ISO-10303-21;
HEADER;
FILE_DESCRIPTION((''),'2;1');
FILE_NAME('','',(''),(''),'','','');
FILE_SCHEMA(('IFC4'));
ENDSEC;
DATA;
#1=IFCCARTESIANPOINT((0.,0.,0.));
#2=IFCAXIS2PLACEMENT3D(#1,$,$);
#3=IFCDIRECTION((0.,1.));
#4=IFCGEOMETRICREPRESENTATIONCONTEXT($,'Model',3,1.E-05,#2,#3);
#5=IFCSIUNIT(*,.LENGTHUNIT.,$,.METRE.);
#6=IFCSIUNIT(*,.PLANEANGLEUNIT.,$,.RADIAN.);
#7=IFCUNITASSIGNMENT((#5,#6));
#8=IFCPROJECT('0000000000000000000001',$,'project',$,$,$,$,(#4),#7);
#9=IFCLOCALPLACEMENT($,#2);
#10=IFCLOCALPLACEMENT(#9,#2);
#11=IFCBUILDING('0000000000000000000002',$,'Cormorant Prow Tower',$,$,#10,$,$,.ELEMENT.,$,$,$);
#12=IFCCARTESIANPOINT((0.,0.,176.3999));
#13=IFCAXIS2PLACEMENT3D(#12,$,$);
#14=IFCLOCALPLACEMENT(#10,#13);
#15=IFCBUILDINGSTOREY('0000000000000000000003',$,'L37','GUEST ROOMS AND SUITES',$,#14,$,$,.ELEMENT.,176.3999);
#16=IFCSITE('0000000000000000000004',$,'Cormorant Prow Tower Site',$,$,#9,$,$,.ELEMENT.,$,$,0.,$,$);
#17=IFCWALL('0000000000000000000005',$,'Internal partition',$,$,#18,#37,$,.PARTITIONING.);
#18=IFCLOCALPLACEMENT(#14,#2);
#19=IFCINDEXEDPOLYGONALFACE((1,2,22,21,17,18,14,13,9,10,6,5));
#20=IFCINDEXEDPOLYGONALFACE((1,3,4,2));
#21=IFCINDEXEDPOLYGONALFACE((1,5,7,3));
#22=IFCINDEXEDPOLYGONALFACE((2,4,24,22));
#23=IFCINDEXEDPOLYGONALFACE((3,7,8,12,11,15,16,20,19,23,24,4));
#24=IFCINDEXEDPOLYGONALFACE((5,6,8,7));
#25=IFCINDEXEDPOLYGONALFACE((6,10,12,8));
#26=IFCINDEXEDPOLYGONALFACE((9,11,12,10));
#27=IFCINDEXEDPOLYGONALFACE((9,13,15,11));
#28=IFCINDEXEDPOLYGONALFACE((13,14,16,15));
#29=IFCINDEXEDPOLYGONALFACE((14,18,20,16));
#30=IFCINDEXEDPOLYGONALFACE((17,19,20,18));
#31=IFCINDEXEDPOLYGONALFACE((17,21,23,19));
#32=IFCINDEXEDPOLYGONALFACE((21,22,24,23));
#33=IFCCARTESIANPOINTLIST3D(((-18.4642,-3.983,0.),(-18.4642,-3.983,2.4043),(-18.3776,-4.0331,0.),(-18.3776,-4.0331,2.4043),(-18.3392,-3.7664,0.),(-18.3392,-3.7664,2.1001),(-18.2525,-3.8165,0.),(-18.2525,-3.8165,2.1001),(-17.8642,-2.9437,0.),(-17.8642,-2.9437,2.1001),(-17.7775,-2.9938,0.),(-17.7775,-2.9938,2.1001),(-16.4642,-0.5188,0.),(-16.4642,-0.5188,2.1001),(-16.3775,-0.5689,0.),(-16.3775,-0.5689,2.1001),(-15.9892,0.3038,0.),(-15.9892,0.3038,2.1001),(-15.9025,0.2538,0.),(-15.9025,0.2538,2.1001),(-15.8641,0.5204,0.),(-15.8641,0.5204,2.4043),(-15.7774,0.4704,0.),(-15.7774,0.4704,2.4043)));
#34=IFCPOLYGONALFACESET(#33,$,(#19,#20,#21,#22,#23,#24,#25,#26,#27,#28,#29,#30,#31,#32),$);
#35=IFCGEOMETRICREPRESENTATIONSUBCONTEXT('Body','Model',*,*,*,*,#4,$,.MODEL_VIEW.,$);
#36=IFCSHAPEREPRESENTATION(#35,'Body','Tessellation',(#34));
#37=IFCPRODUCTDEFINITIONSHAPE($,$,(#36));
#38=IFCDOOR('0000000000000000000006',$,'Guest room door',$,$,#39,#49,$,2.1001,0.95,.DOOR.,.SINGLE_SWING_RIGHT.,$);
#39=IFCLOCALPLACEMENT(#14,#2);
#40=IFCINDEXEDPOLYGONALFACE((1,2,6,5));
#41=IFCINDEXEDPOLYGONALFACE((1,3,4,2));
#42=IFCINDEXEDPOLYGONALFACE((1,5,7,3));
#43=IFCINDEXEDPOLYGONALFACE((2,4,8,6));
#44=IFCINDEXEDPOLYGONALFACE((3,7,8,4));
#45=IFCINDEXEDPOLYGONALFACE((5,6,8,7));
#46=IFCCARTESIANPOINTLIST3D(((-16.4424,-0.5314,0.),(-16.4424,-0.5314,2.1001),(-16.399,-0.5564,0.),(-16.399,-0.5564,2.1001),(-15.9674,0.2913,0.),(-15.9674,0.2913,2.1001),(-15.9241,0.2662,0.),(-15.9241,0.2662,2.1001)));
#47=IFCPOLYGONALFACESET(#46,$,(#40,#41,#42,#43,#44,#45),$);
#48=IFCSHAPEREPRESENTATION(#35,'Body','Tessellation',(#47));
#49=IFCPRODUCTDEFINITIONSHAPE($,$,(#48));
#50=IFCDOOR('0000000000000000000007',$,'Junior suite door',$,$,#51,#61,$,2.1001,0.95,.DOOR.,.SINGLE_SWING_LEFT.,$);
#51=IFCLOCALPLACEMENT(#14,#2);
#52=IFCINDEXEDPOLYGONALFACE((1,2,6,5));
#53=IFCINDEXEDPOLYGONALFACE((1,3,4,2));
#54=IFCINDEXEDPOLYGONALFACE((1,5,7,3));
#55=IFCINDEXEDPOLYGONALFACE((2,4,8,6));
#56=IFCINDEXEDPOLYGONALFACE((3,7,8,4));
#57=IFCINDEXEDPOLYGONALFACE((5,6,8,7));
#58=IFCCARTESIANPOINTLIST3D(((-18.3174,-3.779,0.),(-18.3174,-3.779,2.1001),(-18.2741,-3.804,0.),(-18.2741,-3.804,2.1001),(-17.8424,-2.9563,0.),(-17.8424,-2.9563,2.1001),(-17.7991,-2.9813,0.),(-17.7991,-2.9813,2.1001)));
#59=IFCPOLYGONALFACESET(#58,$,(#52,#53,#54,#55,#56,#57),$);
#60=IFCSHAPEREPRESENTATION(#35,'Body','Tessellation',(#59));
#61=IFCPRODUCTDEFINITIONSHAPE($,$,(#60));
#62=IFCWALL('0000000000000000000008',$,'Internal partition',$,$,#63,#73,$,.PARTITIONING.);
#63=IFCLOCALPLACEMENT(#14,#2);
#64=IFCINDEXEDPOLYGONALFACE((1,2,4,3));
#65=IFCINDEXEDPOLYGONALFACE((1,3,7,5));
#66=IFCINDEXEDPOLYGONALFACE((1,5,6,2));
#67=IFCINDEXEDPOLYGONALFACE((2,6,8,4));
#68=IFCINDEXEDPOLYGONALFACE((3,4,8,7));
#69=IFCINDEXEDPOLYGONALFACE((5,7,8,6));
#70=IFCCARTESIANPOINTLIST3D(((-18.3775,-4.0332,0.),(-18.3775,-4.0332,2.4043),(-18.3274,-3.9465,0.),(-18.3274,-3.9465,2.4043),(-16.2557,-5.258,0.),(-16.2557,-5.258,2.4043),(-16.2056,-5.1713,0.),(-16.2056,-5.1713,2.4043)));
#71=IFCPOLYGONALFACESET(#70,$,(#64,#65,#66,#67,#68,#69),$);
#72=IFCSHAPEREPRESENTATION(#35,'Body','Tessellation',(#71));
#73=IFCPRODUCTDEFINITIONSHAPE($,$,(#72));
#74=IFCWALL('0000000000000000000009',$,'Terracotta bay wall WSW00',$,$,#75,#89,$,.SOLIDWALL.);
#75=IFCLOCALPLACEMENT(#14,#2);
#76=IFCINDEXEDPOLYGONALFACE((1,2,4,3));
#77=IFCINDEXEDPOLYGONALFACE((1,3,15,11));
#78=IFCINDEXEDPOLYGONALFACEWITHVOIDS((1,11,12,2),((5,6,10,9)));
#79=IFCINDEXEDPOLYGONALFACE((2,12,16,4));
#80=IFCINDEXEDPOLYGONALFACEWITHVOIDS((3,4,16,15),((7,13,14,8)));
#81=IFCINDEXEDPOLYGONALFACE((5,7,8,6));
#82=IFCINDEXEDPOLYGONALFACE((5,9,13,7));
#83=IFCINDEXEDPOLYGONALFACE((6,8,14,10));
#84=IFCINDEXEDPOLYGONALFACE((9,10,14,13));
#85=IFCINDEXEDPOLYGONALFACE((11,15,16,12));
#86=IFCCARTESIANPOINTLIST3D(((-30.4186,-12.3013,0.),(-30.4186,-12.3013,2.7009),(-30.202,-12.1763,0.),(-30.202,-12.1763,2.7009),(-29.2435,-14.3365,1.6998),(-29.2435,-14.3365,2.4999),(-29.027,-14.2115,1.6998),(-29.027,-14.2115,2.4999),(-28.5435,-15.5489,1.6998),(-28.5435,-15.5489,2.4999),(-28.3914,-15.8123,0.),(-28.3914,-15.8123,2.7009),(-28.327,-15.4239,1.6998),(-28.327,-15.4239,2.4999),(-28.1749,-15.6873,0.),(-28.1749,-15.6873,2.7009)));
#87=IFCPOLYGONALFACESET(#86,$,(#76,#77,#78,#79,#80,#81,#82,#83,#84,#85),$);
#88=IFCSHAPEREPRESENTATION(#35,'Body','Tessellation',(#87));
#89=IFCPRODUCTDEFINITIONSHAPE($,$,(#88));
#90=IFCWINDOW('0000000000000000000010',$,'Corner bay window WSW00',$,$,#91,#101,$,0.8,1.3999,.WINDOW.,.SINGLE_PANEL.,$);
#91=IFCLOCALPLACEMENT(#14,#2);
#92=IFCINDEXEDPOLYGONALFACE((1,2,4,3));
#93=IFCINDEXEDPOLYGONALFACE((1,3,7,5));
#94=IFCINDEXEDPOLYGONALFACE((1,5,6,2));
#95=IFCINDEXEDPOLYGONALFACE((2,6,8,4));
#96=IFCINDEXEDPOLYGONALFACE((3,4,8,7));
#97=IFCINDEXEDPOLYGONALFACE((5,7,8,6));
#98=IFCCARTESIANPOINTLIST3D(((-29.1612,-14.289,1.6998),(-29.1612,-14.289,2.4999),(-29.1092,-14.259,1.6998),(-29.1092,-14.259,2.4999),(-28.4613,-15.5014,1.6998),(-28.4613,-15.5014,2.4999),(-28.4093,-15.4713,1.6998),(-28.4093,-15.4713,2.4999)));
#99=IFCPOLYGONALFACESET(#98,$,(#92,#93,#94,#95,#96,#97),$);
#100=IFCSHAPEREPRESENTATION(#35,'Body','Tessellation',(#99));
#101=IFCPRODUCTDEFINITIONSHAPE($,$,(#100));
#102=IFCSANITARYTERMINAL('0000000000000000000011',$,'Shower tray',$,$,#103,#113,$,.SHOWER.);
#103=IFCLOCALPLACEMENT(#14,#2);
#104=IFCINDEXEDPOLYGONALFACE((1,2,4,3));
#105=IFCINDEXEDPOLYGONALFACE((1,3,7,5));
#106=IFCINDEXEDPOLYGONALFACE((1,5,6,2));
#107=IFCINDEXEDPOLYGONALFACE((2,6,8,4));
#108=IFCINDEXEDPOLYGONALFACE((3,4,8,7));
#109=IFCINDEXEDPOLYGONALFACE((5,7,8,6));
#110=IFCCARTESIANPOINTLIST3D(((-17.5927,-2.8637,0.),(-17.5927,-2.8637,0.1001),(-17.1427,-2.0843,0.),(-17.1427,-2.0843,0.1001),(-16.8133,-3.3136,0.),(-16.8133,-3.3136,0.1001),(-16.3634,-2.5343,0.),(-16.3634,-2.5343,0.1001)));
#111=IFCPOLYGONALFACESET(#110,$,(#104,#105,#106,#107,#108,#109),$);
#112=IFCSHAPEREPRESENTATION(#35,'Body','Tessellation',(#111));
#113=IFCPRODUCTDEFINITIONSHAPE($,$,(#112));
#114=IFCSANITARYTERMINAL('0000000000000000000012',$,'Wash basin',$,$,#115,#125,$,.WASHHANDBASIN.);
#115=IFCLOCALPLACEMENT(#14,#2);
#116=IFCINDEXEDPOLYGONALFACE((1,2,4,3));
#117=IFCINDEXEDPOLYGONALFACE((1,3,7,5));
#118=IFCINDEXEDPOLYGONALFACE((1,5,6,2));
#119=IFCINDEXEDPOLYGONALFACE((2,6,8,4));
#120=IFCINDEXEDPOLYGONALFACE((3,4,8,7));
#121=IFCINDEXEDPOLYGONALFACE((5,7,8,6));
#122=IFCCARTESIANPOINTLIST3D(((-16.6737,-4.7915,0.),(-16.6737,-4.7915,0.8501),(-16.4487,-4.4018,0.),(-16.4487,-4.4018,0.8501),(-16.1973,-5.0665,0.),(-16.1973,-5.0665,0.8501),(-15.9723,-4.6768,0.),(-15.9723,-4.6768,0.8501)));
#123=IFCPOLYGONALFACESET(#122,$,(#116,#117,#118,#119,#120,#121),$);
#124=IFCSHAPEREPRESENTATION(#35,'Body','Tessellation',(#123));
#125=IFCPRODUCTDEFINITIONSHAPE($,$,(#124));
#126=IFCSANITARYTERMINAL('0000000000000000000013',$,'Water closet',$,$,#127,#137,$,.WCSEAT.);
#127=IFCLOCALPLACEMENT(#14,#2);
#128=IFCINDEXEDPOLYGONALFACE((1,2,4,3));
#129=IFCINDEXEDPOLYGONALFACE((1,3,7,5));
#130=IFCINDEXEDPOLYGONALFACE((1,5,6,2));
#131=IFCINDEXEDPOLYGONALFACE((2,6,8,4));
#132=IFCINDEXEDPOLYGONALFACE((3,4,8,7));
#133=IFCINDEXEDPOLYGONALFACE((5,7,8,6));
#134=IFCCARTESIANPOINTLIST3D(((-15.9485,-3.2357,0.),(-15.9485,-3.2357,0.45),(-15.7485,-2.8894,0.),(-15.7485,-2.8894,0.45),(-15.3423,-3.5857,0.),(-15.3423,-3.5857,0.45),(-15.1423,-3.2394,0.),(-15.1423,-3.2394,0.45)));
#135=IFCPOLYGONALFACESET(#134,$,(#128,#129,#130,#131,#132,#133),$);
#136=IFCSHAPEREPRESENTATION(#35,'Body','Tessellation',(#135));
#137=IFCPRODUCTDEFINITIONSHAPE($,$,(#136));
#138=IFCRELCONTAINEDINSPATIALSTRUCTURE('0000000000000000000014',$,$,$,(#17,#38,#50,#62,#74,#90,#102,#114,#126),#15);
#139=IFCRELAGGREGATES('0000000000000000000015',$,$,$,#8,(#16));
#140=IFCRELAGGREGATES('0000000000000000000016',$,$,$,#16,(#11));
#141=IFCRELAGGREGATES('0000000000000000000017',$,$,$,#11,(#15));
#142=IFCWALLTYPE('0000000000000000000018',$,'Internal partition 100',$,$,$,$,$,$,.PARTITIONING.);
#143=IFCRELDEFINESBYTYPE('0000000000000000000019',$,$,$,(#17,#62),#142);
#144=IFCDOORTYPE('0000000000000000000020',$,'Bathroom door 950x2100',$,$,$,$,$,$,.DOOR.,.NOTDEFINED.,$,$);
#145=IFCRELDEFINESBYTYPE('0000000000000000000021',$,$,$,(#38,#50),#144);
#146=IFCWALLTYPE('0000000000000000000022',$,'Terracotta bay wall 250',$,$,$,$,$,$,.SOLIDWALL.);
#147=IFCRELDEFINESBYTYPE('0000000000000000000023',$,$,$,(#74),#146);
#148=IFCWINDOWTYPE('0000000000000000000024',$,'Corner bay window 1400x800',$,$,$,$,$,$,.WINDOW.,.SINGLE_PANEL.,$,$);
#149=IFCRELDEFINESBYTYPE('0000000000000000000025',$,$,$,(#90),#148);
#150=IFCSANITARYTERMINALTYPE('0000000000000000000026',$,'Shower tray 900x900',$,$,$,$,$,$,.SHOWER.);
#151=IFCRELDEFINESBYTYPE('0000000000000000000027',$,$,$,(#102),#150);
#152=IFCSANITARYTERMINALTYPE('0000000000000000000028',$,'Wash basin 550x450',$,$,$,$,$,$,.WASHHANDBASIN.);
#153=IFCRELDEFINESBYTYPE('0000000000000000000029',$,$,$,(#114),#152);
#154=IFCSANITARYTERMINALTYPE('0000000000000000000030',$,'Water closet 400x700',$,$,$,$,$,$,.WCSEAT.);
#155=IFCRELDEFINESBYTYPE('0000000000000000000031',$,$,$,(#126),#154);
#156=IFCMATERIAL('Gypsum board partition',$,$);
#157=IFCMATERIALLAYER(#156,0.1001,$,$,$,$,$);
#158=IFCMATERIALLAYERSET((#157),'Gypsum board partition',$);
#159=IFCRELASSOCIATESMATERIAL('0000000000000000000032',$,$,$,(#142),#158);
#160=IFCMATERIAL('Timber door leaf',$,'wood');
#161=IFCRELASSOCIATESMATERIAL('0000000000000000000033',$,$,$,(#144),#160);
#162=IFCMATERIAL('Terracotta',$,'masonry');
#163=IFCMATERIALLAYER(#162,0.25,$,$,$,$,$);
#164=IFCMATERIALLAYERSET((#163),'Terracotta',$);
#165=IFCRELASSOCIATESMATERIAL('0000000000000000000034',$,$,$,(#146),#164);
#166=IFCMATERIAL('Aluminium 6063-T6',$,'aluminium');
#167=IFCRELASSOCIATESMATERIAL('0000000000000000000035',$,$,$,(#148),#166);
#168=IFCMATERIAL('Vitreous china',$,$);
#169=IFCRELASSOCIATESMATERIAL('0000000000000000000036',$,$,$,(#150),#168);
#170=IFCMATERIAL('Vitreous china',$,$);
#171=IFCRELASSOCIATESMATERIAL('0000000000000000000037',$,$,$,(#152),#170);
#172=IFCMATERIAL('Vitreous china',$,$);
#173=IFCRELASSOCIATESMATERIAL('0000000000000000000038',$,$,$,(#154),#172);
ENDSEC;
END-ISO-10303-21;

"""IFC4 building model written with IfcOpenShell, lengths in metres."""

from ifc_helpers import new_model, si_unit, direction, frame, frame_2d, origin, origin_2d, place, context, subcontext, project, spatial, rectangle, extrude, material, layer, layer_set, type_object, element, fill, save


model = new_model("IFC4")

# Units and contexts
model_context = context("Model", 3, precision=1e-05, world=origin(), true_north=direction((0.0, 1.0)))
body_context = subcontext(model_context, "Body", "Model", "MODEL_VIEW")
ifc_project = project(units=[si_unit("LENGTHUNIT", "METRE"), si_unit("PLANEANGLEUNIT", "RADIAN")], contexts=[model_context])

# Site, building, storey
site_placement = place(None, origin())
site = spatial("IfcSite", under=ifc_project, at=site_placement, Name="Cormorant Prow Tower Site", CompositionType="ELEMENT", RefElevation=0.0)
building_placement = place(site_placement, origin())
building = spatial("IfcBuilding", under=site, at=building_placement, Name="Cormorant Prow Tower", CompositionType="ELEMENT")
storey_placement = place(building_placement, frame((0.0, 0.0, 176.3999)))
storey = spatial("IfcBuildingStorey", under=building, at=storey_placement, Name="L37", Description="GUEST ROOMS AND SUITES", CompositionType="ELEMENT", Elevation=176.3999)

# Wall, openings, doors
ifc_material_1 = material(Name="Gypsum board partition")
ifc_layer_1 = layer(ifc_material_1, 0.1001)
ifc_layer_set_1 = layer_set([ifc_layer_1], Name="Gypsum board partition")
wall_type_1 = type_object("IfcWallType", Name="Internal partition 100", PredefinedType="PARTITIONING", material=ifc_layer_set_1)
wall_1_placement = place(storey_placement, frame((-18.4209, -4.0081, 0.0), z_axis=(0.0, 0.0, 1.0), x_axis=(0.500007, 0.866021, 0.0)))
wall_1 = element("IfcWall", 1, at=wall_1_placement, inside=storey, type_object=wall_type_1, Name="Internal partition", PredefinedType="PARTITIONING", context=body_context, shape_type="SweptSolid", body=[
    extrude(rectangle(XDim=5.2002, YDim=0.1001, at=frame_2d((2.6001, 0.0))), origin(), (0.0, 0.0, 1.0), 2.4043),
])
opening_1_placement = place(wall_1_placement, frame((4.0, 0.0, 0.0)))
opening_1 = element("IfcOpeningElement", 2, at=opening_1_placement, cuts=wall_1, PredefinedType="OPENING", context=body_context, shape_type="SweptSolid", body=[
    extrude(rectangle(XDim=0.95, YDim=2.1001, at=frame_2d((0.4751, 1.05))), frame((0.0, 0.0601, 0.0), z_axis=(0.0, -1.0, 0.0), x_axis=(1.0, 0.0, 0.0)), (0.0, 0.0, 1.0), 0.1201),
])
opening_2_placement = place(wall_1_placement, frame((0.25, 0.0, 0.0)))
opening_2 = element("IfcOpeningElement", 3, at=opening_2_placement, cuts=wall_1, PredefinedType="OPENING", context=body_context, shape_type="SweptSolid", body=[
    extrude(rectangle(XDim=0.95, YDim=2.1001, at=frame_2d((0.4751, 1.05))), frame((0.0, 0.0601, 0.0), z_axis=(0.0, -1.0, 0.0), x_axis=(1.0, 0.0, 0.0)), (0.0, 0.0, 1.0), 0.1201),
])
ifc_material_2 = material(Name="Timber door leaf", Category="wood")
door_type_1 = type_object("IfcDoorType", Name="Bathroom door 950x2100", OperationType="NOTDEFINED", PredefinedType="DOOR", material=ifc_material_2)
door_1_placement = place(opening_1_placement, origin())
door_1 = element("IfcDoor", 4, at=door_1_placement, inside=storey, type_object=door_type_1, Name="Guest room door", OperationType="SINGLE_SWING_RIGHT", OverallHeight=2.1001, OverallWidth=0.95, PredefinedType="DOOR", context=body_context, shape_type="SweptSolid", body=[
    extrude(rectangle(XDim=0.95, YDim=2.1001, at=frame_2d((0.4751, 1.05))), frame((0.0, 0.0249, 0.0), z_axis=(0.0, -1.0, 0.0), x_axis=(1.0, 0.0, 0.0)), (0.0, 0.0, 1.0), 0.05),
])
fill(opening_1, door_1)
door_2_placement = place(opening_2_placement, origin())
door_2 = element("IfcDoor", 5, at=door_2_placement, inside=storey, type_object=door_type_1, Name="Junior suite door", OperationType="SINGLE_SWING_LEFT", OverallHeight=2.1001, OverallWidth=0.95, PredefinedType="DOOR", context=body_context, shape_type="SweptSolid", body=[
    extrude(rectangle(XDim=0.95, YDim=2.1001, at=frame_2d((0.4751, 1.05))), frame((0.0, 0.0249, 0.0), z_axis=(0.0, -1.0, 0.0), x_axis=(1.0, 0.0, 0.0)), (0.0, 0.0, 1.0), 0.05),
])
fill(opening_2, door_2)

# Wall
wall_2_placement = place(storey_placement, frame((-18.3525, -3.9897, 0.0), z_axis=(0.0, 0.0, 1.0), x_axis=(0.866058, -0.499944, 0.0)))
element("IfcWall", 6, at=wall_2_placement, inside=storey, type_object=wall_type_1, Name="Internal partition", PredefinedType="PARTITIONING", context=body_context, shape_type="SweptSolid", body=[
    extrude(rectangle(XDim=2.45, YDim=0.1001, at=frame_2d((1.2251, 0.0))), origin(), (0.0, 0.0, 1.0), 2.4043),
])

# Wall, opening, window
ifc_material_3 = material(Name="Terracotta", Category="masonry")
ifc_layer_2 = layer(ifc_material_3, 0.25)
ifc_layer_set_2 = layer_set([ifc_layer_2], Name="Terracotta")
wall_type_2 = type_object("IfcWallType", Name="Terracotta bay wall 250", PredefinedType="SOLIDWALL", material=ifc_layer_set_2)
wall_3_placement = place(storey_placement, frame((-30.3103, -12.2388, 0.0), z_axis=(0.0, 0.0, 1.0), x_axis=(0.500006, -0.866022, 0.0)))
wall_3 = element("IfcWall", 7, at=wall_3_placement, inside=storey, type_object=wall_type_2, Name="Terracotta bay wall WSW00", PredefinedType="SOLIDWALL", context=body_context, shape_type="SweptSolid", body=[
    extrude(rectangle(XDim=4.0542, YDim=0.25, at=frame_2d((2.0271, 0.0))), origin(), (0.0, 0.0, 1.0), 2.7009),
])
opening_3_placement = place(wall_3_placement, frame((2.3501, 0.0, 1.7)))
opening_3 = element("IfcOpeningElement", 8, at=opening_3_placement, cuts=wall_3, PredefinedType="OPENING", context=body_context, shape_type="SweptSolid", body=[
    extrude(rectangle(XDim=1.3999, YDim=0.8, at=frame_2d((0.7, 0.3999))), frame((0.0, 0.135, 0.0), z_axis=(0.0, -1.0, 0.0), x_axis=(1.0, 0.0, 0.0)), (0.0, 0.0, 1.0), 0.27),
])
ifc_material_4 = material(Name="Aluminium 6063-T6", Category="aluminium")
window_type = type_object("IfcWindowType", Name="Corner bay window 1400x800", PartitioningType="SINGLE_PANEL", PredefinedType="WINDOW", material=ifc_material_4)
window_placement = place(opening_3_placement, origin())
window = element("IfcWindow", 9, at=window_placement, inside=storey, type_object=window_type, Name="Corner bay window WSW00", OverallHeight=0.8, OverallWidth=1.3999, PartitioningType="SINGLE_PANEL", PredefinedType="WINDOW", context=body_context, shape_type="SweptSolid", body=[
    extrude(rectangle(XDim=1.3999, YDim=0.8, at=frame_2d((0.7, 0.3999))), frame((0.0, 0.03, 0.0), z_axis=(0.0, -1.0, 0.0), x_axis=(1.0, 0.0, 0.0)), (0.0, 0.0, 1.0), 0.0601),
])
fill(opening_3, window)

# Sanitary terminals
ifc_material_5 = material(Name="Vitreous china")
sanitary_terminal_type_1 = type_object("IfcSanitaryTerminalType", Name="Shower tray 900x900", PredefinedType="SHOWER", material=ifc_material_5)
sanitary_terminal_1_placement = place(storey_placement, frame((-16.978, -2.699, 0.0), z_axis=(0.0, 0.0, 1.0), x_axis=(0.866025, -0.5, 0.0)))
element("IfcSanitaryTerminal", 10, at=sanitary_terminal_1_placement, inside=storey, type_object=sanitary_terminal_type_1, Name="Shower tray", PredefinedType="SHOWER", context=body_context, shape_type="SweptSolid", body=[
    extrude(rectangle(XDim=0.8999, YDim=0.8999, at=origin_2d()), origin(), (0.0, 0.0, 1.0), 0.1001),
])
ifc_material_6 = material(Name="Vitreous china")
sanitary_terminal_type_2 = type_object("IfcSanitaryTerminalType", Name="Wash basin 550x450", PredefinedType="WASHHANDBASIN", material=ifc_material_6)
sanitary_terminal_2_placement = place(storey_placement, frame((-16.323, -4.7341, 0.0), z_axis=(0.0, 0.0, 1.0), x_axis=(-0.866025, 0.5, 0.0)))
element("IfcSanitaryTerminal", 11, at=sanitary_terminal_2_placement, inside=storey, type_object=sanitary_terminal_type_2, Name="Wash basin", PredefinedType="WASHHANDBASIN", context=body_context, shape_type="SweptSolid", body=[
    extrude(rectangle(XDim=0.55, YDim=0.45, at=origin_2d()), origin(), (0.0, 0.0, 1.0), 0.8501),
])
ifc_material_7 = material(Name="Vitreous china")
sanitary_terminal_type_3 = type_object("IfcSanitaryTerminalType", Name="Water closet 400x700", PredefinedType="WCSEAT", material=ifc_material_7)
sanitary_terminal_3_placement = place(storey_placement, frame((-15.5454, -3.2375, 0.0), z_axis=(0.0, 0.0, 1.0), x_axis=(-0.5, -0.866025, 0.0)))
element("IfcSanitaryTerminal", 12, at=sanitary_terminal_3_placement, inside=storey, type_object=sanitary_terminal_type_3, Name="Water closet", PredefinedType="WCSEAT", context=body_context, shape_type="SweptSolid", body=[
    extrude(rectangle(XDim=0.3999, YDim=0.7, at=origin_2d()), origin(), (0.0, 0.0, 1.0), 0.45),
])

save(model, "model.ifc")
